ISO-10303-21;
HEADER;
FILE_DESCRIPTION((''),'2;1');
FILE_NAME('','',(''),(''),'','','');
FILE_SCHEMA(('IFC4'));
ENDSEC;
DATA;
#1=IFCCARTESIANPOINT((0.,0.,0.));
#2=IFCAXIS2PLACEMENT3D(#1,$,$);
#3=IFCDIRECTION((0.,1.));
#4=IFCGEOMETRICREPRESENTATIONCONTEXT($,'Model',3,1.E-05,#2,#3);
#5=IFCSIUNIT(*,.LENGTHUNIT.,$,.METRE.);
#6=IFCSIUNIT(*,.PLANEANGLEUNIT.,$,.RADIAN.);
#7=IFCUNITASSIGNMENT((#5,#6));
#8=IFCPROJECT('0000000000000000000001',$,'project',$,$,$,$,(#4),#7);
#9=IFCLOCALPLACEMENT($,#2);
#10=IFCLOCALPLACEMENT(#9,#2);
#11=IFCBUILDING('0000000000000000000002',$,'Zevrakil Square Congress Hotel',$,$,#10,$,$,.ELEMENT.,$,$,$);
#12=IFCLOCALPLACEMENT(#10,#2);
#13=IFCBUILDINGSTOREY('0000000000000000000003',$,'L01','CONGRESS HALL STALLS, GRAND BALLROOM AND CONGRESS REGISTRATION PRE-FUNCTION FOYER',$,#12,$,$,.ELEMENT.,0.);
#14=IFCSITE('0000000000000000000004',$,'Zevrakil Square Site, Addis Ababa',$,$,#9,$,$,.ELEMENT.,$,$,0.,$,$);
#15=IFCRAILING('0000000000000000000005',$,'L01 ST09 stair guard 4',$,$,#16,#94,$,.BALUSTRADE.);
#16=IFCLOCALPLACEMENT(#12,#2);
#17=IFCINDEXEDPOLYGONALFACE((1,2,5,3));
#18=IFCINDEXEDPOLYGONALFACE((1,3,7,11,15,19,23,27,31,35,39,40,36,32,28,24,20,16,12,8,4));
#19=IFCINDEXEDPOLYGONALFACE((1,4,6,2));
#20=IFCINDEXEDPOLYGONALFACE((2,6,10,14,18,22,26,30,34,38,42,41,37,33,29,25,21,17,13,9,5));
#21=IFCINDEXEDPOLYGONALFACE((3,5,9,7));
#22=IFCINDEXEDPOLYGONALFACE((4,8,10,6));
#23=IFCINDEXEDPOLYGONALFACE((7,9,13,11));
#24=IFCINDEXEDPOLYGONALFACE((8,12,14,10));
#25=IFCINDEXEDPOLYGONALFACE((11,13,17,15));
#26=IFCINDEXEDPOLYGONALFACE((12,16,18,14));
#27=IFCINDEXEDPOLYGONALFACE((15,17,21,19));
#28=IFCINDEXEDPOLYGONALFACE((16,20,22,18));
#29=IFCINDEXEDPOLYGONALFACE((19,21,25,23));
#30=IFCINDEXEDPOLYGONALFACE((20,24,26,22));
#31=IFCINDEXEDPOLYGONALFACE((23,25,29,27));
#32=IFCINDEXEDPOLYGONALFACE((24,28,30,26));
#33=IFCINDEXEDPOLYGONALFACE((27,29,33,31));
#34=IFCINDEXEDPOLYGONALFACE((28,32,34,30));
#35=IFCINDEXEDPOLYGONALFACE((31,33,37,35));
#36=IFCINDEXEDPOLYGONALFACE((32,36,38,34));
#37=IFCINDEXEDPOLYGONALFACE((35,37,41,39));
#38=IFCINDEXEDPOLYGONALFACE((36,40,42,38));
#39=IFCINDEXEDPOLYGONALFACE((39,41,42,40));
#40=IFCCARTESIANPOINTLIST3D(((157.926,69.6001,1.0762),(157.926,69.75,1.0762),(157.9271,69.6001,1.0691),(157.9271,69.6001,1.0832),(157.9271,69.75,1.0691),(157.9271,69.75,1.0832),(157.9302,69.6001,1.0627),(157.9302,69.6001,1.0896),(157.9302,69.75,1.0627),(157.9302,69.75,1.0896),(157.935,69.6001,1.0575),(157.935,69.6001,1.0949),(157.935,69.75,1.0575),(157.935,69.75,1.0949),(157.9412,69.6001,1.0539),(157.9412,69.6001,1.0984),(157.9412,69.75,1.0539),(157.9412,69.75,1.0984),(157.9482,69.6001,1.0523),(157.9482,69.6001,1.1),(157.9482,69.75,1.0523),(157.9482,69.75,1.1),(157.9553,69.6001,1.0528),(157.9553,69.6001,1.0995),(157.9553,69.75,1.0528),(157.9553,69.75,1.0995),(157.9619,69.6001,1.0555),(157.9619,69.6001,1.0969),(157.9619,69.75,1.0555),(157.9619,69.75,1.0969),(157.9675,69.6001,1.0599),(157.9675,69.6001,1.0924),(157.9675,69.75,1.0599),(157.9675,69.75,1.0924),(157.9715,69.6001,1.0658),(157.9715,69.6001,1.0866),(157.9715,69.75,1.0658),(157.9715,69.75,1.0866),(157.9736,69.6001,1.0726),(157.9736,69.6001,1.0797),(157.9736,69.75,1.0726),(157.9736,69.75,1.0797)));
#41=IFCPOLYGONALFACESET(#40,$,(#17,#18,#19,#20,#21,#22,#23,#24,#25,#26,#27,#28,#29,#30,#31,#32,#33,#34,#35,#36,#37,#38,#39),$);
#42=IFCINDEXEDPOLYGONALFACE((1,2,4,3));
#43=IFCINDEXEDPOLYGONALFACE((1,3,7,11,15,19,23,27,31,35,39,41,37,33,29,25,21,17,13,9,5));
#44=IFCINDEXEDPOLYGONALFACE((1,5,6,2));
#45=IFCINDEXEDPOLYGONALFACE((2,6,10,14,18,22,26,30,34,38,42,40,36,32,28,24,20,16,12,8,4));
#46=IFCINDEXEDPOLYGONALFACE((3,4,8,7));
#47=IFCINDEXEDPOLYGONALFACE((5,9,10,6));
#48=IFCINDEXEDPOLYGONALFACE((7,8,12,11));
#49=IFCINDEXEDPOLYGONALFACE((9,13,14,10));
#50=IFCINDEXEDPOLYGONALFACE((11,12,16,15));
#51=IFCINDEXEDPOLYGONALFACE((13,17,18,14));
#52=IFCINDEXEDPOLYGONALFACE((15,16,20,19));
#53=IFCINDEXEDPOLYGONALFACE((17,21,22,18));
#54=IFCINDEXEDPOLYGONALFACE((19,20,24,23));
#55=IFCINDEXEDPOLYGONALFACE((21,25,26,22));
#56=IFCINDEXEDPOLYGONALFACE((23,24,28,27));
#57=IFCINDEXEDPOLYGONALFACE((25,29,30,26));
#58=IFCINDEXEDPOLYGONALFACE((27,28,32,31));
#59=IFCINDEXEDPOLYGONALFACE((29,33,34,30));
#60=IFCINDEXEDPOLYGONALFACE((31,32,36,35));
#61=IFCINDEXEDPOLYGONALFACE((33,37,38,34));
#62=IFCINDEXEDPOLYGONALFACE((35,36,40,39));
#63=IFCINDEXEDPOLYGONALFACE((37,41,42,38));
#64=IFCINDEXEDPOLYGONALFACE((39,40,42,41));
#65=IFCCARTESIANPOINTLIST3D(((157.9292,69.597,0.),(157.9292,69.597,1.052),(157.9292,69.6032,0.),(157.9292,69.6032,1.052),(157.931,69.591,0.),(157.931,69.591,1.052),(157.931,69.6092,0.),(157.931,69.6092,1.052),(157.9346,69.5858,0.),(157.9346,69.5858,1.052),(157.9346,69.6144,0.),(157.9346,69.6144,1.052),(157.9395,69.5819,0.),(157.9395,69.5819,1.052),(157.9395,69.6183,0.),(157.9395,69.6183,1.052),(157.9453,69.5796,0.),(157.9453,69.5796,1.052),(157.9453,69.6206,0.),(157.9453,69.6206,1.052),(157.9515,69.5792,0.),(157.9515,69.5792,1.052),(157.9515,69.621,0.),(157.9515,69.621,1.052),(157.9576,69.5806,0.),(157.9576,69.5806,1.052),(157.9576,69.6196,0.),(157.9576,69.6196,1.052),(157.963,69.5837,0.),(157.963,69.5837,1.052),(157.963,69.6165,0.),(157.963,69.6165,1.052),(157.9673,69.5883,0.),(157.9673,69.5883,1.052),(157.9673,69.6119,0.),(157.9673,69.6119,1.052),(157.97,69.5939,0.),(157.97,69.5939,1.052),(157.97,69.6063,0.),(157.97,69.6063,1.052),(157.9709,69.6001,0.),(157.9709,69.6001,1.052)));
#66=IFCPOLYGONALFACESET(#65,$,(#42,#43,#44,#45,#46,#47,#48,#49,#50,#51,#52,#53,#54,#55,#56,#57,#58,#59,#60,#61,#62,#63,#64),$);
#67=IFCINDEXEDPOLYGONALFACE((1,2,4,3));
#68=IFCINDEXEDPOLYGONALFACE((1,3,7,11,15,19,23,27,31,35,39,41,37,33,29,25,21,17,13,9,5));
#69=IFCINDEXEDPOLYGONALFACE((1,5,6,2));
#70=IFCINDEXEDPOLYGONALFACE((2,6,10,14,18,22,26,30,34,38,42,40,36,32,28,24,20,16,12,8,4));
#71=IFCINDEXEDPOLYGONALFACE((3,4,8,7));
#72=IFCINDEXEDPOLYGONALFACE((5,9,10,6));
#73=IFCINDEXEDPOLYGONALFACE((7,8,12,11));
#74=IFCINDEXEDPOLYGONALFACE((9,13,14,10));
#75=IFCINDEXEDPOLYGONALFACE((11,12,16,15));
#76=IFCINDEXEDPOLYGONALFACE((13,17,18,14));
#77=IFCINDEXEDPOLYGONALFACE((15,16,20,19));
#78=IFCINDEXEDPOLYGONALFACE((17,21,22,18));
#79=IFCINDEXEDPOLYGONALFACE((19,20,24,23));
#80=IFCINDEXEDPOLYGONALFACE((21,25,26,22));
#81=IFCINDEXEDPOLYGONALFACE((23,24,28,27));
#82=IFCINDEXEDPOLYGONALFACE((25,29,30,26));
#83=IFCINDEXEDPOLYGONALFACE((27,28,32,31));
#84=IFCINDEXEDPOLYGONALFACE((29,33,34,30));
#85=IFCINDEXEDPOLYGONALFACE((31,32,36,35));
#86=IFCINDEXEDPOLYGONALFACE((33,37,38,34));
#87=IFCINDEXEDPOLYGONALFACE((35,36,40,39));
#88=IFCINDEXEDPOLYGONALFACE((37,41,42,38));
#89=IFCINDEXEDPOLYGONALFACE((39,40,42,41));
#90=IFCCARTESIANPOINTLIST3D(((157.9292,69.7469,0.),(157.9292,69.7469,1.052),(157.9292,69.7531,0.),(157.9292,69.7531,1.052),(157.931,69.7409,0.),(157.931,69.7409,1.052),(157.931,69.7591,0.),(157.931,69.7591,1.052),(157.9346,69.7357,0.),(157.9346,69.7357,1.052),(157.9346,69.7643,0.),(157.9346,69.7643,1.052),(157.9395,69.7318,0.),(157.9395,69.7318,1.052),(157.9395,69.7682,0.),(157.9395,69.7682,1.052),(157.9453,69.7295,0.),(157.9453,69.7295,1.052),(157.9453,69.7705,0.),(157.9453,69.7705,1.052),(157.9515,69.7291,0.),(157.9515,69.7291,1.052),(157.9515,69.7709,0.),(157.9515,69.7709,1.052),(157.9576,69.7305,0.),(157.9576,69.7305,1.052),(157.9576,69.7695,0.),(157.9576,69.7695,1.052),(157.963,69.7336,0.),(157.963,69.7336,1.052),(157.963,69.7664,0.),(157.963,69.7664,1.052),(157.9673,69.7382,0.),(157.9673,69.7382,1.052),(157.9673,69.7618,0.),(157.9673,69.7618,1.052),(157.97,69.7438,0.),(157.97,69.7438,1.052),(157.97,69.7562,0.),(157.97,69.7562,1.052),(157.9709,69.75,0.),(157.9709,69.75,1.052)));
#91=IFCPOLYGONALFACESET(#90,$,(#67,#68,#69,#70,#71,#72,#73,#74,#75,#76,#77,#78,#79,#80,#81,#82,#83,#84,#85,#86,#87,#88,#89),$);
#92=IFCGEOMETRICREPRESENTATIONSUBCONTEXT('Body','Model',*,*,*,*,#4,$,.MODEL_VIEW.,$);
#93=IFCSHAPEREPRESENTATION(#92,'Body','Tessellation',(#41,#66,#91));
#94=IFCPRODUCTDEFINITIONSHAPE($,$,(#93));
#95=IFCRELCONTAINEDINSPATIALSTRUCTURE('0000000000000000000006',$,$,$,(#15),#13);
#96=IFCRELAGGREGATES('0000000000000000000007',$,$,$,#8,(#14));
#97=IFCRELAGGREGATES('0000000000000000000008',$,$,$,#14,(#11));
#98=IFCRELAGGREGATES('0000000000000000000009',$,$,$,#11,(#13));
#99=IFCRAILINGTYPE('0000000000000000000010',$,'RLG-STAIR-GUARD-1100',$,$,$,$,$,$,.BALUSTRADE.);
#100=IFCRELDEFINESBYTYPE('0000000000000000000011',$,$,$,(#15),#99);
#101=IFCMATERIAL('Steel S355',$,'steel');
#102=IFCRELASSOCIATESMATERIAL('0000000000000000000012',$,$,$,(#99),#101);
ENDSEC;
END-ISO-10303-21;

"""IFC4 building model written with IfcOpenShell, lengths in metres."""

from ifc_helpers import new_model, si_unit, direction, frame, origin, origin_2d, place, context, subcontext, project, spatial, circle, extrude, material, type_object, element, save


model = new_model("IFC4")

# Units and contexts
model_context = context("Model", 3, precision=1e-05, world=origin(), true_north=direction((0.0, 1.0)))
body_context = subcontext(model_context, "Body", "Model", "MODEL_VIEW")
ifc_project = project(units=[si_unit("LENGTHUNIT", "METRE"), si_unit("PLANEANGLEUNIT", "RADIAN")], contexts=[model_context])

# Site, building, storey
site_placement = place(None, origin())
site = spatial("IfcSite", under=ifc_project, at=site_placement, Name="Zevrakil Square Site, Addis Ababa", CompositionType="ELEMENT", RefElevation=0.0)
building_placement = place(site_placement, origin())
building = spatial("IfcBuilding", under=site, at=building_placement, Name="Zevrakil Square Congress Hotel", CompositionType="ELEMENT")
storey_placement = place(building_placement, origin())
storey = spatial("IfcBuildingStorey", under=building, at=storey_placement, Name="L01", Description="CONGRESS HALL STALLS, GRAND BALLROOM AND CONGRESS REGISTRATION PRE-FUNCTION FOYER", CompositionType="ELEMENT", Elevation=0.0)

# Railing
ifc_material_1 = material(Name="Steel S355", Category="steel")
railing_type_1 = type_object("IfcRailingType", Name="RLG-STAIR-GUARD-1100", PredefinedType="BALUSTRADE", material=ifc_material_1)
railing_1_placement = place(storey_placement, frame((157.95, 69.6001, 0.0)))
element("IfcRailing", 1, at=railing_1_placement, inside=storey, type_object=railing_type_1, Name="L01 ST09 stair guard 4", PredefinedType="BALUSTRADE", context=body_context, shape_type="SweptSolid", body=[
    extrude(circle(Radius=0.0239, at=origin_2d()), frame((0.0, 0.0, 1.0762), z_axis=(0.0, 1.0, 0.0), x_axis=(-1.0, 0.0, 0.0)), (0.0, 0.0, 1.0), 0.1499),
    extrude(circle(Radius=0.021, at=origin_2d()), origin(), (0.0, 0.0, 1.0), 1.052),
    extrude(circle(Radius=0.021, at=origin_2d()), frame((0.0, 0.1499, 0.0)), (0.0, 0.0, 1.0), 1.052),
])

save(model, "model.ifc")
